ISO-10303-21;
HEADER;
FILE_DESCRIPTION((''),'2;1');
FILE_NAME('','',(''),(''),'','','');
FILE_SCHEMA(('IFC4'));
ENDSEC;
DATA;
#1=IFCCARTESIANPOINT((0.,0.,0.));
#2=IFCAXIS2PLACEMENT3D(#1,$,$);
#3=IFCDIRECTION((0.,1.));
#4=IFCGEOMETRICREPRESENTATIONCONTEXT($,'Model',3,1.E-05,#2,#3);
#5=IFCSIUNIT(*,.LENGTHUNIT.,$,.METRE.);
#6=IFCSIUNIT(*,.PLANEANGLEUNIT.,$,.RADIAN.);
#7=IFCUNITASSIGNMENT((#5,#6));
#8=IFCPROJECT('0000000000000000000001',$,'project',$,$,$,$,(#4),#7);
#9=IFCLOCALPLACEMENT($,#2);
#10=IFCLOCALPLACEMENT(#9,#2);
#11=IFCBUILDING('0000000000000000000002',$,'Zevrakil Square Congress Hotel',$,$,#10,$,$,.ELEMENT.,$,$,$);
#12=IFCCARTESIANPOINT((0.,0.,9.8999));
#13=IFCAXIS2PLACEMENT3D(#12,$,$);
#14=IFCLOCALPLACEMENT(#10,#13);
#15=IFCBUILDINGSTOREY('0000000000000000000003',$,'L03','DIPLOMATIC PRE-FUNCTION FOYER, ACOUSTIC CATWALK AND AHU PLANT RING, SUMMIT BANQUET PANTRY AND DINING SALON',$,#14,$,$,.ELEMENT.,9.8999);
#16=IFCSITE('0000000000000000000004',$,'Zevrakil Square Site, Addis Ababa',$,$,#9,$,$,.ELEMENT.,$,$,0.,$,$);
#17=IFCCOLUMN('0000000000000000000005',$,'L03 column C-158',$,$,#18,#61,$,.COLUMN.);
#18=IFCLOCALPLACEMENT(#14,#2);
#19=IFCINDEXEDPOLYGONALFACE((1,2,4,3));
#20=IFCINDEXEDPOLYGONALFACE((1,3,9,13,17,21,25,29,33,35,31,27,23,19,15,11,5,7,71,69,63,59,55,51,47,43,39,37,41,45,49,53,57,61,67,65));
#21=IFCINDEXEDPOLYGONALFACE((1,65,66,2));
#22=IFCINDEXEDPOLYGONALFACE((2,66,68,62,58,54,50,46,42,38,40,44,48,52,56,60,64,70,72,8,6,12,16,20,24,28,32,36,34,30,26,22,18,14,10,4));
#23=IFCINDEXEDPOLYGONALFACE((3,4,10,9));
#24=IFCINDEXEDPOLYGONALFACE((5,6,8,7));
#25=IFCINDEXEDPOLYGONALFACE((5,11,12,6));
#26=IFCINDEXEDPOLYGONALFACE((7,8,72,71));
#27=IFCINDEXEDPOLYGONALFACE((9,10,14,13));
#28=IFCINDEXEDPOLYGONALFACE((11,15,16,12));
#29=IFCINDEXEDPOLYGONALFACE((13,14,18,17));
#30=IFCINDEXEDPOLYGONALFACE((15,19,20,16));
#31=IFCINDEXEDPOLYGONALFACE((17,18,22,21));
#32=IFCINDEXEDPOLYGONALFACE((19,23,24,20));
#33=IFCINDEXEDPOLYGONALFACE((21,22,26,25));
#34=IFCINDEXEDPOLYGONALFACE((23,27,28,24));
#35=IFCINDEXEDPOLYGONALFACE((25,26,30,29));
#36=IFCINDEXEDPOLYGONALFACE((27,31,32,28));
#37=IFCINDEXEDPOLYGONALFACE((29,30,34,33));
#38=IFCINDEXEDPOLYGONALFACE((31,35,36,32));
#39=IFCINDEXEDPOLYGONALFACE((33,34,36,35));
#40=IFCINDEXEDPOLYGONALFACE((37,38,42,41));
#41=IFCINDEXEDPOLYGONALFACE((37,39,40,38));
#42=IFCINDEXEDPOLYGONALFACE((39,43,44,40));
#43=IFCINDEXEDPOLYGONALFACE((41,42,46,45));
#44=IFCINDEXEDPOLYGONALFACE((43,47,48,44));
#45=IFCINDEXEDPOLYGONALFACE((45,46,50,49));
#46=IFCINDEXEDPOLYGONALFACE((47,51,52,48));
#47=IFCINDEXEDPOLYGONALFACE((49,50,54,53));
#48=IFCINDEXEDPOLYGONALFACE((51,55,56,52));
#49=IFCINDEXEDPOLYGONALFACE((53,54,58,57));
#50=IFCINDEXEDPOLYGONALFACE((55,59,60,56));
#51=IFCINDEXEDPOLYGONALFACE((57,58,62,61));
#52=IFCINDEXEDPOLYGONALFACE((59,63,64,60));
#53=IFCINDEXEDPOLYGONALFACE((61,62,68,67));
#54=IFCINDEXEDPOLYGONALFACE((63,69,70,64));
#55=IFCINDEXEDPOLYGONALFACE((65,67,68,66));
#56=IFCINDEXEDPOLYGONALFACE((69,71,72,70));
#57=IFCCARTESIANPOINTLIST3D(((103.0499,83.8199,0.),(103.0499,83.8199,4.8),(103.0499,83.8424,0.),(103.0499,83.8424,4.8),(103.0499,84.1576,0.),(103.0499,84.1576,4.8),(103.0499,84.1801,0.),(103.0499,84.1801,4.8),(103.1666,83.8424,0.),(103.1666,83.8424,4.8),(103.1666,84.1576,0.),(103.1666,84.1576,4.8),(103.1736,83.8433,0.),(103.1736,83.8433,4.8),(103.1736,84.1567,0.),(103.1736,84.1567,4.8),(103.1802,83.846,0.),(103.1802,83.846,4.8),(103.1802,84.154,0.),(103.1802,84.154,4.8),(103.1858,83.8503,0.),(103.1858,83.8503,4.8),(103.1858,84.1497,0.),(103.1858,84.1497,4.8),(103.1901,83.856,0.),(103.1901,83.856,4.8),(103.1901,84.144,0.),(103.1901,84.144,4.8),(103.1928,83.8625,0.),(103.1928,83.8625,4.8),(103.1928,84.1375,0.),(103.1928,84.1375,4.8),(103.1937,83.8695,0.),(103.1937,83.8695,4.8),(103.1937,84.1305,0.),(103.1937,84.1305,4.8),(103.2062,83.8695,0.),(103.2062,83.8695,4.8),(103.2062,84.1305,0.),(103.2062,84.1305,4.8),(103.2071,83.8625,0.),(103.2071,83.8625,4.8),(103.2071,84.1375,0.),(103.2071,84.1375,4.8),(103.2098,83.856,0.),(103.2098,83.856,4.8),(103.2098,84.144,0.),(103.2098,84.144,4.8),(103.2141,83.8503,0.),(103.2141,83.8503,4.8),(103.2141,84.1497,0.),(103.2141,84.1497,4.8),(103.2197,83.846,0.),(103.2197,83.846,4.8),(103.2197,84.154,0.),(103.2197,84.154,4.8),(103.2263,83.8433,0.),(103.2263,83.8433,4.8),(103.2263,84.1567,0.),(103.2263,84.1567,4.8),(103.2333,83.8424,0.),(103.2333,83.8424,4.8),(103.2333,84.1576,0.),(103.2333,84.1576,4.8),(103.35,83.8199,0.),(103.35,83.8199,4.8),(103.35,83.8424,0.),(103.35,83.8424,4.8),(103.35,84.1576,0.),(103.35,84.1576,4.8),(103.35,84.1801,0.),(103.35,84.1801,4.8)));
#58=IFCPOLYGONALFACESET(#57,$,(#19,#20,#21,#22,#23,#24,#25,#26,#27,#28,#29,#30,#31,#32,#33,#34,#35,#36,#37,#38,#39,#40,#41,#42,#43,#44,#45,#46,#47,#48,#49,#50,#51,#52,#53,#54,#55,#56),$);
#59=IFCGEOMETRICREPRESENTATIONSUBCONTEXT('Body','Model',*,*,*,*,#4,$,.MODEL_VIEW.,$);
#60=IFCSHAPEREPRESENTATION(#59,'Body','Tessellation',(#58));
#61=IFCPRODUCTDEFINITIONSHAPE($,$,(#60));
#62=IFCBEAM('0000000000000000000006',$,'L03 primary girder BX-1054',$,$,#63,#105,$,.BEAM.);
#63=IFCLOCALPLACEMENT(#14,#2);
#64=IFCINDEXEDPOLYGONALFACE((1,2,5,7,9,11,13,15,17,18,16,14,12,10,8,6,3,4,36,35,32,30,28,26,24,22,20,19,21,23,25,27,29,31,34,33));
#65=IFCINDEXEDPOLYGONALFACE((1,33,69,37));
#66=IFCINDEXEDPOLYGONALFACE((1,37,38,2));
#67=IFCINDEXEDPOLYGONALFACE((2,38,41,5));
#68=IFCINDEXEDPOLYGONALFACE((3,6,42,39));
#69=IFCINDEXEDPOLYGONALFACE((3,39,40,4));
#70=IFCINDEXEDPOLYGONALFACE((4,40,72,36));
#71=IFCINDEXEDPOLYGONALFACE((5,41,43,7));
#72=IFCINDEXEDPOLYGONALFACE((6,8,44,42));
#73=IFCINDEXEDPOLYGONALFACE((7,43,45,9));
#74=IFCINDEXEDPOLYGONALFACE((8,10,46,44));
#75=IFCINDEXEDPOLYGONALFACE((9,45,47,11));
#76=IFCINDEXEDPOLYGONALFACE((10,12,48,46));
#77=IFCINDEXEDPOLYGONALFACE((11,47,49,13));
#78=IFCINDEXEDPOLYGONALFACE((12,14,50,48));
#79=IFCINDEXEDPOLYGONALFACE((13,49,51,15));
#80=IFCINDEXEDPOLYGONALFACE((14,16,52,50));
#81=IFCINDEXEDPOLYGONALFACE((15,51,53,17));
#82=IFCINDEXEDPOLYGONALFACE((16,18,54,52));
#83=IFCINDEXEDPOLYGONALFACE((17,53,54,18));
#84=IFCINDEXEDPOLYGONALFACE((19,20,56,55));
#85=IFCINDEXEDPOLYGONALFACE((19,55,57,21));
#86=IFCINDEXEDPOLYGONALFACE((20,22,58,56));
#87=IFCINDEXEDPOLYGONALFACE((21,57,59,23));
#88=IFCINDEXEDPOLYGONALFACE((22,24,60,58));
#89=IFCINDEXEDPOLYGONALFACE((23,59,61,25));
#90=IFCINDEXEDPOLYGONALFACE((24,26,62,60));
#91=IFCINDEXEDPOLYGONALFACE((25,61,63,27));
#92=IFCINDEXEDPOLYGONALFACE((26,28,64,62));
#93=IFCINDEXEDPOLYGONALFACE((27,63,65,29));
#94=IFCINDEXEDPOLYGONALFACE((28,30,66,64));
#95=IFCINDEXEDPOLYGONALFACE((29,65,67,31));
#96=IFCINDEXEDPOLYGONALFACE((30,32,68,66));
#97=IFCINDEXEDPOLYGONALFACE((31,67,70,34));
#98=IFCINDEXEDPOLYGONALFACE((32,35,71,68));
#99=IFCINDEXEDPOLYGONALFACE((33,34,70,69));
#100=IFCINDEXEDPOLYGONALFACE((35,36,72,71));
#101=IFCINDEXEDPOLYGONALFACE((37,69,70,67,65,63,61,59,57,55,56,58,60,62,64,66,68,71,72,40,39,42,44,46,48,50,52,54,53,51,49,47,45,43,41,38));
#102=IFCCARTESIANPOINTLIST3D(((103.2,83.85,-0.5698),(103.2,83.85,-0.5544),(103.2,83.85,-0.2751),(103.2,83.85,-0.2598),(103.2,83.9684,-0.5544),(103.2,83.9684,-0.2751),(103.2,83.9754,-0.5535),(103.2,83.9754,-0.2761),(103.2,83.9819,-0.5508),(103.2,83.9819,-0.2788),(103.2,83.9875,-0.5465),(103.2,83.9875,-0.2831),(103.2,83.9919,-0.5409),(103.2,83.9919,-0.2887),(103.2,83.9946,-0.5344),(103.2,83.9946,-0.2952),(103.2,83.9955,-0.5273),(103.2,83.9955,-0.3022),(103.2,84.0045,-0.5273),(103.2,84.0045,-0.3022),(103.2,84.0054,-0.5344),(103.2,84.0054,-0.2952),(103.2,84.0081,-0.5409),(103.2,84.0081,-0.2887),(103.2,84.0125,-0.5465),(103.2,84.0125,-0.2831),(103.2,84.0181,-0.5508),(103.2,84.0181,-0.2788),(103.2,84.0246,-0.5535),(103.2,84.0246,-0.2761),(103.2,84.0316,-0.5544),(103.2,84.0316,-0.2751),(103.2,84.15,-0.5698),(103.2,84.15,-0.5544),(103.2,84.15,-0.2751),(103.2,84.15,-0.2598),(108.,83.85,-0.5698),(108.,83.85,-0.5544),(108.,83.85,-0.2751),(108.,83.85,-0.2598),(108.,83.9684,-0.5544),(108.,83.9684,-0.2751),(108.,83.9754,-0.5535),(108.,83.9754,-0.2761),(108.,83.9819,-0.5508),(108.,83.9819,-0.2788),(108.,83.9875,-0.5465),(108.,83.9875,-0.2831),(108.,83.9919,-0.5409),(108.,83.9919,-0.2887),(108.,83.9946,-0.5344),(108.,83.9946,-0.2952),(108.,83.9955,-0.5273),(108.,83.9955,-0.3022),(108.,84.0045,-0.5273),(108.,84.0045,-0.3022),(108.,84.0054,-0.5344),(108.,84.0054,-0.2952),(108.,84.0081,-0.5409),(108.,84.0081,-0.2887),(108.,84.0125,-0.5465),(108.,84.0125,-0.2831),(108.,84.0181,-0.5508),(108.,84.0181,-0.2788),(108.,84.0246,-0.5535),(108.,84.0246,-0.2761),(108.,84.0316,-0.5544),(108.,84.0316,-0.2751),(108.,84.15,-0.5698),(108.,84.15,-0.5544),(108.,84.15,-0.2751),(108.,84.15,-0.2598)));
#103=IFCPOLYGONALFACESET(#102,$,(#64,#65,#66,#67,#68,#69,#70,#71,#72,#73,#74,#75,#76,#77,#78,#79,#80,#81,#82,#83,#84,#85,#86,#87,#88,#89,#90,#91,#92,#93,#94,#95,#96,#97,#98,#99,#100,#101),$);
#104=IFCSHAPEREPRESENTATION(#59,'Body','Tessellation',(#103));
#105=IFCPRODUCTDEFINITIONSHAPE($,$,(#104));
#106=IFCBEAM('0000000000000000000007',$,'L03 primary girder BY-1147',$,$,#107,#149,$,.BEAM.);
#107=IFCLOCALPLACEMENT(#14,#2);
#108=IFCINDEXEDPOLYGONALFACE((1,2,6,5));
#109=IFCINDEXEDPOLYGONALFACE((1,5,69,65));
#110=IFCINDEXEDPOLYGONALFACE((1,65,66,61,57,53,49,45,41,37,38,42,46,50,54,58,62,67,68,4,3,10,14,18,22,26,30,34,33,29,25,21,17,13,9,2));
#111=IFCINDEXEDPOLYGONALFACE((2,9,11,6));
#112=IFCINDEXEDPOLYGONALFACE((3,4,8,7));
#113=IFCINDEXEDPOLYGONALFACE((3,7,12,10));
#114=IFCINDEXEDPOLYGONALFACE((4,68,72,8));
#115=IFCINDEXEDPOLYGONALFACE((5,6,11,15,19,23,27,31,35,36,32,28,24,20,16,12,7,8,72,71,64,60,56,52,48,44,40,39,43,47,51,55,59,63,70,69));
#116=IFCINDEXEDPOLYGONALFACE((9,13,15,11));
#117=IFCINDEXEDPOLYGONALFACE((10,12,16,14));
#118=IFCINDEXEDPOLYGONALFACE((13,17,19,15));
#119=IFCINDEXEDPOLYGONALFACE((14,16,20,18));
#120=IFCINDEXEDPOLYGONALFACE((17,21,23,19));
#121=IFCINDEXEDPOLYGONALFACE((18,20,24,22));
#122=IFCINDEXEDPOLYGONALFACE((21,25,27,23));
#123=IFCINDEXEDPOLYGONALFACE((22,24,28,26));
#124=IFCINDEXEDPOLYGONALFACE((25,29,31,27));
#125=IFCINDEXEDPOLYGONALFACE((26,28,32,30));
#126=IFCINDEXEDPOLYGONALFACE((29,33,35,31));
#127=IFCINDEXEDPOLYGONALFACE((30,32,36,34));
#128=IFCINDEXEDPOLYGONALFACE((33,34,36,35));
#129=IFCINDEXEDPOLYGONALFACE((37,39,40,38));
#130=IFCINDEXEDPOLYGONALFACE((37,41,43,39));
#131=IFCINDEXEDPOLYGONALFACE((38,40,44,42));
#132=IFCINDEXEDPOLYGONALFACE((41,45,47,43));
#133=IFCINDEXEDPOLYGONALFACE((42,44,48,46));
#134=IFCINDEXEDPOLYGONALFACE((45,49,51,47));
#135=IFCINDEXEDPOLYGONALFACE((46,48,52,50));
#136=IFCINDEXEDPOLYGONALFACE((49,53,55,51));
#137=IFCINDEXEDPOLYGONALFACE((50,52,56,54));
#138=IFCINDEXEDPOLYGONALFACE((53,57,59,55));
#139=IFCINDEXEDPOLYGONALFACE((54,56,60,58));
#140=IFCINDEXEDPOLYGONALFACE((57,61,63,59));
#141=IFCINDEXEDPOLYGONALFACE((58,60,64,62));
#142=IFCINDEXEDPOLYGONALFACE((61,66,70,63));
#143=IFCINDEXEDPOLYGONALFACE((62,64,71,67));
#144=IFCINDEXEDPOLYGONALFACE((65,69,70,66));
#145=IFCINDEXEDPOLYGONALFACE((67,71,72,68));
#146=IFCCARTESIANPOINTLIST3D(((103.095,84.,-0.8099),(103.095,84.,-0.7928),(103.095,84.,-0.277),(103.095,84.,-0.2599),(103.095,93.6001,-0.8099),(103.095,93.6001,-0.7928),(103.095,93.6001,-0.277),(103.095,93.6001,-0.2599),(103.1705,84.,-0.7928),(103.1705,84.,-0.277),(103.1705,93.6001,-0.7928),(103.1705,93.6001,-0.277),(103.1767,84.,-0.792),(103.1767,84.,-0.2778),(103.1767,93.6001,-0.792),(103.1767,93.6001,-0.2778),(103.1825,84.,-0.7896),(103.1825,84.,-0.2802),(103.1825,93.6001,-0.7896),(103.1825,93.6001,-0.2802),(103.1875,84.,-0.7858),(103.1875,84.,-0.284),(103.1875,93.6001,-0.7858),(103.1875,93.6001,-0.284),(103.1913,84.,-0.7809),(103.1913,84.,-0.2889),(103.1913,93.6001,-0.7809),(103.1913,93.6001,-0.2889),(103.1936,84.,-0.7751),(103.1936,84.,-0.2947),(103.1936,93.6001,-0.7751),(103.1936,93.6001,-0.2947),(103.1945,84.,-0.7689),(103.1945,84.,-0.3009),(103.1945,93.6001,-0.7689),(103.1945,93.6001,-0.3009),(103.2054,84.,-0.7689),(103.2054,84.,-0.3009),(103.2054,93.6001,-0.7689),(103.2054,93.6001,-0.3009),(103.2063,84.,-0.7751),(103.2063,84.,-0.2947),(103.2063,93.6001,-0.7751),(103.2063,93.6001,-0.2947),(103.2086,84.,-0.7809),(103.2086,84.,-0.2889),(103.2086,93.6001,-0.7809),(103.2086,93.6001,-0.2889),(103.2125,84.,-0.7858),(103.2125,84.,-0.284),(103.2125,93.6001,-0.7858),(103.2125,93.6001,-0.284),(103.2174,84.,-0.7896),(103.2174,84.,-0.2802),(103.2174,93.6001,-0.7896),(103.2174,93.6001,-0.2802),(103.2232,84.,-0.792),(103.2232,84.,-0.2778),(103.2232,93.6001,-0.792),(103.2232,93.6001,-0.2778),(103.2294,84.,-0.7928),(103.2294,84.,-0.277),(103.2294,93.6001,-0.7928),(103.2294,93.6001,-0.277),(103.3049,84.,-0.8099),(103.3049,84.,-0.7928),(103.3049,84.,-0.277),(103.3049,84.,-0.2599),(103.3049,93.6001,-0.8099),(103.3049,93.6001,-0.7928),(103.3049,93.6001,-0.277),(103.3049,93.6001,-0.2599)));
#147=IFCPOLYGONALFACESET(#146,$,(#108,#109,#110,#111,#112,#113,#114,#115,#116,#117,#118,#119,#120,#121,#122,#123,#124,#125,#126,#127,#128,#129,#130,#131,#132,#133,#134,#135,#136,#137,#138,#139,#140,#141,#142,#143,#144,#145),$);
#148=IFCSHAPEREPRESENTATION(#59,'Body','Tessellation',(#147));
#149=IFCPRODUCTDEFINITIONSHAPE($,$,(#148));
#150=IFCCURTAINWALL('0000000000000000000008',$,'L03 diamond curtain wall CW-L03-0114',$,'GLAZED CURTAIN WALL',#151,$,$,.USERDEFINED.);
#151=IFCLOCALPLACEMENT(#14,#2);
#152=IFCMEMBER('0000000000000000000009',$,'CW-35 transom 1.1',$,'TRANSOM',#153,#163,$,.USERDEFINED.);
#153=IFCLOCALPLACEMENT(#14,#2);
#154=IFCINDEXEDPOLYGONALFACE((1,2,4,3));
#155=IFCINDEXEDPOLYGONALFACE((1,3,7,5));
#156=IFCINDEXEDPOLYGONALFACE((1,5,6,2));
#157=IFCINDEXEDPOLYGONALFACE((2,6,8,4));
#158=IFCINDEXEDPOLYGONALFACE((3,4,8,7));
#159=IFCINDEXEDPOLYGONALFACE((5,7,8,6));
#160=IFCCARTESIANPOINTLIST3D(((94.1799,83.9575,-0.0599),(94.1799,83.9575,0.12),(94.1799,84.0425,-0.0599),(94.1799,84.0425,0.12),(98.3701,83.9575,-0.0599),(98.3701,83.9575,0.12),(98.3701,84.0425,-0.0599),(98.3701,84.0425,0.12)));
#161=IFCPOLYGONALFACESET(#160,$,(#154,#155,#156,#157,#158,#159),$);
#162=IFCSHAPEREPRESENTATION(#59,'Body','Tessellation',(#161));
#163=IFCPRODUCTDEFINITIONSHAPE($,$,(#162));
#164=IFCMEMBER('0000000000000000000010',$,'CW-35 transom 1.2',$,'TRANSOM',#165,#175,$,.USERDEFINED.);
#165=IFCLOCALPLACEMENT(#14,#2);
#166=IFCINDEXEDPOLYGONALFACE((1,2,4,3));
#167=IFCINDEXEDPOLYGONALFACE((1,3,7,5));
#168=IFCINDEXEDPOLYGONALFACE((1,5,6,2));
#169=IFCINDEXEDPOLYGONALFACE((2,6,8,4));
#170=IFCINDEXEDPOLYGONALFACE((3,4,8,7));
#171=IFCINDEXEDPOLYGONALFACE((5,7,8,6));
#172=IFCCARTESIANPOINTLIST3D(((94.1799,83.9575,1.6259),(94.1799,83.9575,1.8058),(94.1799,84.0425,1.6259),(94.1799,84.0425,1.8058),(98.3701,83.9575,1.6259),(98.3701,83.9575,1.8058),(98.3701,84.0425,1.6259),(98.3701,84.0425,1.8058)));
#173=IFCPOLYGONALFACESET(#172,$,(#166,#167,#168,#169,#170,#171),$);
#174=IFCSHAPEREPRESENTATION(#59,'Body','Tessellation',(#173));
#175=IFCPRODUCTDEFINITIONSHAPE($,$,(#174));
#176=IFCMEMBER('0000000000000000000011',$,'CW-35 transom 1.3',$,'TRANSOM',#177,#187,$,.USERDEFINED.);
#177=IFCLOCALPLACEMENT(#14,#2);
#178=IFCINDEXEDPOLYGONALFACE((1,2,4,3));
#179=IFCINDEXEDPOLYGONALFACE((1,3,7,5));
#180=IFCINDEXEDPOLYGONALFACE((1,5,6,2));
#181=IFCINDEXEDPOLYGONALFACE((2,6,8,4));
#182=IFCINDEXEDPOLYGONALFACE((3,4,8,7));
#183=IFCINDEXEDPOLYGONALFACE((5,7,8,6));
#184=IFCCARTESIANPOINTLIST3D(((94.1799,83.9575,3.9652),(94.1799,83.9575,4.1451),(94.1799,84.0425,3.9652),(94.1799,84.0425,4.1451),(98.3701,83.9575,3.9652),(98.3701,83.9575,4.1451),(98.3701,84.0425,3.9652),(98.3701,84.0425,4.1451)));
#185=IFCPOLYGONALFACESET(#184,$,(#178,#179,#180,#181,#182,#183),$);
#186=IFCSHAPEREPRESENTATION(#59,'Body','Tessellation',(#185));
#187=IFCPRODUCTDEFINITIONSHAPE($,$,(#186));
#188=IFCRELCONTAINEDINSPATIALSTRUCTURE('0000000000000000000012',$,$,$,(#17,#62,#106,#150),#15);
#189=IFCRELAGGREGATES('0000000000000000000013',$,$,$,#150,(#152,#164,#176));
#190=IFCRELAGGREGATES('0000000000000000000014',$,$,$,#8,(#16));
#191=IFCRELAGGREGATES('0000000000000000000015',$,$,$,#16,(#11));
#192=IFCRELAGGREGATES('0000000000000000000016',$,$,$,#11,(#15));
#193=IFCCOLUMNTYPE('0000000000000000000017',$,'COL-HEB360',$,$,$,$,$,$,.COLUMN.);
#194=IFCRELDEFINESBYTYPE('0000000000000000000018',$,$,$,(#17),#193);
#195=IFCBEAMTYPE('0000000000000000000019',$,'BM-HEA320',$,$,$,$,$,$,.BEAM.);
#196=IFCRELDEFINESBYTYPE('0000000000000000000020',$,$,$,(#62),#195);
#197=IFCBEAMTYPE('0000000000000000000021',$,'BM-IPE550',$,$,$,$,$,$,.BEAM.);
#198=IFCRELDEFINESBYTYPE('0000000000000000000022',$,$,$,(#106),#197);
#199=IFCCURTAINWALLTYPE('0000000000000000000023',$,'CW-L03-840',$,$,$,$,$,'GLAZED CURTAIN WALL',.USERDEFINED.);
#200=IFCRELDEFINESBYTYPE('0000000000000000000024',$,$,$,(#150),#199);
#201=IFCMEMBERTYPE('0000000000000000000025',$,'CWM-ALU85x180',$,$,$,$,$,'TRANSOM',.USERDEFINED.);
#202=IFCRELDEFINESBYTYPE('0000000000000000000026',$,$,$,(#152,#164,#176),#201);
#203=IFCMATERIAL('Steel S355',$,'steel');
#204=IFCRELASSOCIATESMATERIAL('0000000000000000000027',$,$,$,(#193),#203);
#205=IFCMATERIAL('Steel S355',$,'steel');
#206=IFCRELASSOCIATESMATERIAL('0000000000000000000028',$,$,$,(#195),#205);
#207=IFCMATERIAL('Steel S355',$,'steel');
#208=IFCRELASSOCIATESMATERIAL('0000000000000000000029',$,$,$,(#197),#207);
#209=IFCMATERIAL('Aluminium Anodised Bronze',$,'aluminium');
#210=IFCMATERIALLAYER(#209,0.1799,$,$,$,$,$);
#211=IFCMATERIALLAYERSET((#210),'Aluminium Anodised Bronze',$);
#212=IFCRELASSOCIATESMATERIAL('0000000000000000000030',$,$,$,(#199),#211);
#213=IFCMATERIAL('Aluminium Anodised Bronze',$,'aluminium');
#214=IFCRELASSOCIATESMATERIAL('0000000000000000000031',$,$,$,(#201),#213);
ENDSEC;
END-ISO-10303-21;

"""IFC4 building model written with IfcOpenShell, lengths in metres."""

from ifc_helpers import new_model, si_unit, direction, frame, origin, origin_2d, place, context, subcontext, project, spatial, rectangle, i_section, extrude, material, layer, layer_set, material_profile, profile_set, type_object, element, aggregate, save


model = new_model("IFC4")

# Units and contexts
model_context = context("Model", 3, precision=1e-05, world=origin(), true_north=direction((0.0, 1.0)))
body_context = subcontext(model_context, "Body", "Model", "MODEL_VIEW")
ifc_project = project(units=[si_unit("LENGTHUNIT", "METRE"), si_unit("PLANEANGLEUNIT", "RADIAN")], contexts=[model_context])

# Site, building, storey
site_placement = place(None, origin())
site = spatial("IfcSite", under=ifc_project, at=site_placement, Name="Zevrakil Square Site, Addis Ababa", CompositionType="ELEMENT", RefElevation=0.0)
building_placement = place(site_placement, origin())
building = spatial("IfcBuilding", under=site, at=building_placement, Name="Zevrakil Square Congress Hotel", CompositionType="ELEMENT")
storey_placement = place(building_placement, frame((0.0, 0.0, 9.8999)))
storey = spatial("IfcBuildingStorey", under=building, at=storey_placement, Name="L03", Description="DIPLOMATIC PRE-FUNCTION FOYER, ACOUSTIC CATWALK AND AHU PLANT RING, SUMMIT BANQUET PANTRY AND DINING SALON", CompositionType="ELEMENT", Elevation=9.8999)

# Column
ifc_material_1 = material(Name="Steel S355", Category="steel")
ifc_material_profile_1 = material_profile(ifc_material_1, i_section(OverallWidth=0.3, OverallDepth=0.3601, WebThickness=0.0125, FlangeThickness=0.0225, FilletRadius=0.0271, at=origin_2d()), Name="HEB 360")
ifc_profile_set_1 = profile_set([ifc_material_profile_1], Name="Steel S355")
column_type = type_object("IfcColumnType", Name="COL-HEB360", PredefinedType="COLUMN", material=ifc_profile_set_1)
column_placement = place(storey_placement, frame((103.2, 84.0, 0.0), z_axis=(0.0, 0.0, 1.0), x_axis=(1.0, 0.0, 0.0)))
element("IfcColumn", 1, at=column_placement, inside=storey, type_object=column_type, Name="L03 column C-158", PredefinedType="COLUMN", context=body_context, shape_type="SweptSolid", body=[
    extrude(i_section(OverallWidth=0.3, OverallDepth=0.3601, WebThickness=0.0125, FlangeThickness=0.0225, FilletRadius=0.0271, at=origin_2d()), origin(), (0.0, 0.0, 1.0), 4.8),
])

# Beams
ifc_material_2 = material(Name="Steel S355", Category="steel")
ifc_material_profile_2 = material_profile(ifc_material_2, i_section(OverallWidth=0.3, OverallDepth=0.3101, WebThickness=0.009, FlangeThickness=0.0154, FilletRadius=0.0271, at=origin_2d()), Name="HEA 320")
ifc_profile_set_2 = profile_set([ifc_material_profile_2], Name="Steel S355")
beam_type_1 = type_object("IfcBeamType", Name="BM-HEA320", PredefinedType="BEAM", material=ifc_profile_set_2)
beam_1_placement = place(storey_placement, frame((103.2, 84.0, -0.4148), z_axis=(1.0, 0.0, 0.0), x_axis=(0.0, 1.0, 0.0)))
element("IfcBeam", 2, at=beam_1_placement, inside=storey, type_object=beam_type_1, Name="L03 primary girder BX-1054", PredefinedType="BEAM", context=body_context, shape_type="SweptSolid", body=[
    extrude(i_section(OverallWidth=0.3, OverallDepth=0.3101, WebThickness=0.009, FlangeThickness=0.0154, FilletRadius=0.0271, at=origin_2d()), origin(), (0.0, 0.0, 1.0), 4.8),
])
ifc_material_3 = material(Name="Steel S355", Category="steel")
ifc_material_profile_3 = material_profile(ifc_material_3, i_section(OverallWidth=0.21, OverallDepth=0.55, WebThickness=0.011, FlangeThickness=0.0171, FilletRadius=0.0239, at=origin_2d()), Name="IPE 550")
ifc_profile_set_3 = profile_set([ifc_material_profile_3], Name="Steel S355")
beam_type_2 = type_object("IfcBeamType", Name="BM-IPE550", PredefinedType="BEAM", material=ifc_profile_set_3)
beam_2_placement = place(storey_placement, frame((103.2, 84.0, -0.5349), z_axis=(0.0, 1.0, 0.0), x_axis=(-1.0, 0.0, 0.0)))
element("IfcBeam", 3, at=beam_2_placement, inside=storey, type_object=beam_type_2, Name="L03 primary girder BY-1147", PredefinedType="BEAM", context=body_context, shape_type="SweptSolid", body=[
    extrude(i_section(OverallWidth=0.21, OverallDepth=0.55, WebThickness=0.011, FlangeThickness=0.0171, FilletRadius=0.0239, at=origin_2d()), origin(), (0.0, 0.0, 1.0), 9.6001),
])

# Curtain wall, members
ifc_material_4 = material(Name="Aluminium Anodised Bronze", Category="aluminium")
ifc_layer_1 = layer(ifc_material_4, 0.1799)
ifc_layer_set_1 = layer_set([ifc_layer_1], Name="Aluminium Anodised Bronze")
curtain_wall_type_1 = type_object("IfcCurtainWallType", Name="CW-L03-840", ElementType="GLAZED CURTAIN WALL", PredefinedType="USERDEFINED", material=ifc_layer_set_1)
curtain_wall_1_placement = place(storey_placement, origin())
curtain_wall_1 = element("IfcCurtainWall", 4, at=curtain_wall_1_placement, inside=storey, type_object=curtain_wall_type_1, Name="L03 diamond curtain wall CW-L03-0114", ObjectType="GLAZED CURTAIN WALL", PredefinedType="USERDEFINED")
ifc_material_5 = material(Name="Aluminium Anodised Bronze", Category="aluminium")
ifc_material_profile_4 = material_profile(ifc_material_5, rectangle(XDim=0.085, YDim=0.1799, at=origin_2d()), Name="ALU 85x180")
ifc_profile_set_4 = profile_set([ifc_material_profile_4], Name="Aluminium Anodised Bronze")
member_type_1 = type_object("IfcMemberType", Name="CWM-ALU85x180", ElementType="TRANSOM", PredefinedType="USERDEFINED", material=ifc_profile_set_4)
member_1_placement = place(storey_placement, frame((94.1799, 84.0, 0.03), z_axis=(1.0, 0.0, 0.0), x_axis=(0.0, 1.0, 0.0)))
member_1 = element("IfcMember", 5, at=member_1_placement, type_object=member_type_1, Name="CW-35 transom 1.1", ObjectType="TRANSOM", PredefinedType="USERDEFINED", context=body_context, shape_type="SweptSolid", body=[
    extrude(rectangle(XDim=0.085, YDim=0.1799, at=origin_2d()), origin(), (0.0, 0.0, 1.0), 4.1902),
])
member_2_placement = place(storey_placement, frame((94.1799, 84.0, 1.7158), z_axis=(1.0, 0.0, 0.0), x_axis=(0.0, 1.0, 0.0)))
member_2 = element("IfcMember", 6, at=member_2_placement, type_object=member_type_1, Name="CW-35 transom 1.2", ObjectType="TRANSOM", PredefinedType="USERDEFINED", context=body_context, shape_type="SweptSolid", body=[
    extrude(rectangle(XDim=0.085, YDim=0.1799, at=origin_2d()), origin(), (0.0, 0.0, 1.0), 4.1902),
])
member_3_placement = place(storey_placement, frame((94.1799, 84.0, 4.0552), z_axis=(1.0, 0.0, 0.0), x_axis=(0.0, 1.0, 0.0)))
member_3 = element("IfcMember", 7, at=member_3_placement, type_object=member_type_1, Name="CW-35 transom 1.3", ObjectType="TRANSOM", PredefinedType="USERDEFINED", context=body_context, shape_type="SweptSolid", body=[
    extrude(rectangle(XDim=0.085, YDim=0.1799, at=origin_2d()), origin(), (0.0, 0.0, 1.0), 4.1902),
])

aggregate(curtain_wall_1, [member_1, member_2, member_3])

save(model, "model.ifc")
